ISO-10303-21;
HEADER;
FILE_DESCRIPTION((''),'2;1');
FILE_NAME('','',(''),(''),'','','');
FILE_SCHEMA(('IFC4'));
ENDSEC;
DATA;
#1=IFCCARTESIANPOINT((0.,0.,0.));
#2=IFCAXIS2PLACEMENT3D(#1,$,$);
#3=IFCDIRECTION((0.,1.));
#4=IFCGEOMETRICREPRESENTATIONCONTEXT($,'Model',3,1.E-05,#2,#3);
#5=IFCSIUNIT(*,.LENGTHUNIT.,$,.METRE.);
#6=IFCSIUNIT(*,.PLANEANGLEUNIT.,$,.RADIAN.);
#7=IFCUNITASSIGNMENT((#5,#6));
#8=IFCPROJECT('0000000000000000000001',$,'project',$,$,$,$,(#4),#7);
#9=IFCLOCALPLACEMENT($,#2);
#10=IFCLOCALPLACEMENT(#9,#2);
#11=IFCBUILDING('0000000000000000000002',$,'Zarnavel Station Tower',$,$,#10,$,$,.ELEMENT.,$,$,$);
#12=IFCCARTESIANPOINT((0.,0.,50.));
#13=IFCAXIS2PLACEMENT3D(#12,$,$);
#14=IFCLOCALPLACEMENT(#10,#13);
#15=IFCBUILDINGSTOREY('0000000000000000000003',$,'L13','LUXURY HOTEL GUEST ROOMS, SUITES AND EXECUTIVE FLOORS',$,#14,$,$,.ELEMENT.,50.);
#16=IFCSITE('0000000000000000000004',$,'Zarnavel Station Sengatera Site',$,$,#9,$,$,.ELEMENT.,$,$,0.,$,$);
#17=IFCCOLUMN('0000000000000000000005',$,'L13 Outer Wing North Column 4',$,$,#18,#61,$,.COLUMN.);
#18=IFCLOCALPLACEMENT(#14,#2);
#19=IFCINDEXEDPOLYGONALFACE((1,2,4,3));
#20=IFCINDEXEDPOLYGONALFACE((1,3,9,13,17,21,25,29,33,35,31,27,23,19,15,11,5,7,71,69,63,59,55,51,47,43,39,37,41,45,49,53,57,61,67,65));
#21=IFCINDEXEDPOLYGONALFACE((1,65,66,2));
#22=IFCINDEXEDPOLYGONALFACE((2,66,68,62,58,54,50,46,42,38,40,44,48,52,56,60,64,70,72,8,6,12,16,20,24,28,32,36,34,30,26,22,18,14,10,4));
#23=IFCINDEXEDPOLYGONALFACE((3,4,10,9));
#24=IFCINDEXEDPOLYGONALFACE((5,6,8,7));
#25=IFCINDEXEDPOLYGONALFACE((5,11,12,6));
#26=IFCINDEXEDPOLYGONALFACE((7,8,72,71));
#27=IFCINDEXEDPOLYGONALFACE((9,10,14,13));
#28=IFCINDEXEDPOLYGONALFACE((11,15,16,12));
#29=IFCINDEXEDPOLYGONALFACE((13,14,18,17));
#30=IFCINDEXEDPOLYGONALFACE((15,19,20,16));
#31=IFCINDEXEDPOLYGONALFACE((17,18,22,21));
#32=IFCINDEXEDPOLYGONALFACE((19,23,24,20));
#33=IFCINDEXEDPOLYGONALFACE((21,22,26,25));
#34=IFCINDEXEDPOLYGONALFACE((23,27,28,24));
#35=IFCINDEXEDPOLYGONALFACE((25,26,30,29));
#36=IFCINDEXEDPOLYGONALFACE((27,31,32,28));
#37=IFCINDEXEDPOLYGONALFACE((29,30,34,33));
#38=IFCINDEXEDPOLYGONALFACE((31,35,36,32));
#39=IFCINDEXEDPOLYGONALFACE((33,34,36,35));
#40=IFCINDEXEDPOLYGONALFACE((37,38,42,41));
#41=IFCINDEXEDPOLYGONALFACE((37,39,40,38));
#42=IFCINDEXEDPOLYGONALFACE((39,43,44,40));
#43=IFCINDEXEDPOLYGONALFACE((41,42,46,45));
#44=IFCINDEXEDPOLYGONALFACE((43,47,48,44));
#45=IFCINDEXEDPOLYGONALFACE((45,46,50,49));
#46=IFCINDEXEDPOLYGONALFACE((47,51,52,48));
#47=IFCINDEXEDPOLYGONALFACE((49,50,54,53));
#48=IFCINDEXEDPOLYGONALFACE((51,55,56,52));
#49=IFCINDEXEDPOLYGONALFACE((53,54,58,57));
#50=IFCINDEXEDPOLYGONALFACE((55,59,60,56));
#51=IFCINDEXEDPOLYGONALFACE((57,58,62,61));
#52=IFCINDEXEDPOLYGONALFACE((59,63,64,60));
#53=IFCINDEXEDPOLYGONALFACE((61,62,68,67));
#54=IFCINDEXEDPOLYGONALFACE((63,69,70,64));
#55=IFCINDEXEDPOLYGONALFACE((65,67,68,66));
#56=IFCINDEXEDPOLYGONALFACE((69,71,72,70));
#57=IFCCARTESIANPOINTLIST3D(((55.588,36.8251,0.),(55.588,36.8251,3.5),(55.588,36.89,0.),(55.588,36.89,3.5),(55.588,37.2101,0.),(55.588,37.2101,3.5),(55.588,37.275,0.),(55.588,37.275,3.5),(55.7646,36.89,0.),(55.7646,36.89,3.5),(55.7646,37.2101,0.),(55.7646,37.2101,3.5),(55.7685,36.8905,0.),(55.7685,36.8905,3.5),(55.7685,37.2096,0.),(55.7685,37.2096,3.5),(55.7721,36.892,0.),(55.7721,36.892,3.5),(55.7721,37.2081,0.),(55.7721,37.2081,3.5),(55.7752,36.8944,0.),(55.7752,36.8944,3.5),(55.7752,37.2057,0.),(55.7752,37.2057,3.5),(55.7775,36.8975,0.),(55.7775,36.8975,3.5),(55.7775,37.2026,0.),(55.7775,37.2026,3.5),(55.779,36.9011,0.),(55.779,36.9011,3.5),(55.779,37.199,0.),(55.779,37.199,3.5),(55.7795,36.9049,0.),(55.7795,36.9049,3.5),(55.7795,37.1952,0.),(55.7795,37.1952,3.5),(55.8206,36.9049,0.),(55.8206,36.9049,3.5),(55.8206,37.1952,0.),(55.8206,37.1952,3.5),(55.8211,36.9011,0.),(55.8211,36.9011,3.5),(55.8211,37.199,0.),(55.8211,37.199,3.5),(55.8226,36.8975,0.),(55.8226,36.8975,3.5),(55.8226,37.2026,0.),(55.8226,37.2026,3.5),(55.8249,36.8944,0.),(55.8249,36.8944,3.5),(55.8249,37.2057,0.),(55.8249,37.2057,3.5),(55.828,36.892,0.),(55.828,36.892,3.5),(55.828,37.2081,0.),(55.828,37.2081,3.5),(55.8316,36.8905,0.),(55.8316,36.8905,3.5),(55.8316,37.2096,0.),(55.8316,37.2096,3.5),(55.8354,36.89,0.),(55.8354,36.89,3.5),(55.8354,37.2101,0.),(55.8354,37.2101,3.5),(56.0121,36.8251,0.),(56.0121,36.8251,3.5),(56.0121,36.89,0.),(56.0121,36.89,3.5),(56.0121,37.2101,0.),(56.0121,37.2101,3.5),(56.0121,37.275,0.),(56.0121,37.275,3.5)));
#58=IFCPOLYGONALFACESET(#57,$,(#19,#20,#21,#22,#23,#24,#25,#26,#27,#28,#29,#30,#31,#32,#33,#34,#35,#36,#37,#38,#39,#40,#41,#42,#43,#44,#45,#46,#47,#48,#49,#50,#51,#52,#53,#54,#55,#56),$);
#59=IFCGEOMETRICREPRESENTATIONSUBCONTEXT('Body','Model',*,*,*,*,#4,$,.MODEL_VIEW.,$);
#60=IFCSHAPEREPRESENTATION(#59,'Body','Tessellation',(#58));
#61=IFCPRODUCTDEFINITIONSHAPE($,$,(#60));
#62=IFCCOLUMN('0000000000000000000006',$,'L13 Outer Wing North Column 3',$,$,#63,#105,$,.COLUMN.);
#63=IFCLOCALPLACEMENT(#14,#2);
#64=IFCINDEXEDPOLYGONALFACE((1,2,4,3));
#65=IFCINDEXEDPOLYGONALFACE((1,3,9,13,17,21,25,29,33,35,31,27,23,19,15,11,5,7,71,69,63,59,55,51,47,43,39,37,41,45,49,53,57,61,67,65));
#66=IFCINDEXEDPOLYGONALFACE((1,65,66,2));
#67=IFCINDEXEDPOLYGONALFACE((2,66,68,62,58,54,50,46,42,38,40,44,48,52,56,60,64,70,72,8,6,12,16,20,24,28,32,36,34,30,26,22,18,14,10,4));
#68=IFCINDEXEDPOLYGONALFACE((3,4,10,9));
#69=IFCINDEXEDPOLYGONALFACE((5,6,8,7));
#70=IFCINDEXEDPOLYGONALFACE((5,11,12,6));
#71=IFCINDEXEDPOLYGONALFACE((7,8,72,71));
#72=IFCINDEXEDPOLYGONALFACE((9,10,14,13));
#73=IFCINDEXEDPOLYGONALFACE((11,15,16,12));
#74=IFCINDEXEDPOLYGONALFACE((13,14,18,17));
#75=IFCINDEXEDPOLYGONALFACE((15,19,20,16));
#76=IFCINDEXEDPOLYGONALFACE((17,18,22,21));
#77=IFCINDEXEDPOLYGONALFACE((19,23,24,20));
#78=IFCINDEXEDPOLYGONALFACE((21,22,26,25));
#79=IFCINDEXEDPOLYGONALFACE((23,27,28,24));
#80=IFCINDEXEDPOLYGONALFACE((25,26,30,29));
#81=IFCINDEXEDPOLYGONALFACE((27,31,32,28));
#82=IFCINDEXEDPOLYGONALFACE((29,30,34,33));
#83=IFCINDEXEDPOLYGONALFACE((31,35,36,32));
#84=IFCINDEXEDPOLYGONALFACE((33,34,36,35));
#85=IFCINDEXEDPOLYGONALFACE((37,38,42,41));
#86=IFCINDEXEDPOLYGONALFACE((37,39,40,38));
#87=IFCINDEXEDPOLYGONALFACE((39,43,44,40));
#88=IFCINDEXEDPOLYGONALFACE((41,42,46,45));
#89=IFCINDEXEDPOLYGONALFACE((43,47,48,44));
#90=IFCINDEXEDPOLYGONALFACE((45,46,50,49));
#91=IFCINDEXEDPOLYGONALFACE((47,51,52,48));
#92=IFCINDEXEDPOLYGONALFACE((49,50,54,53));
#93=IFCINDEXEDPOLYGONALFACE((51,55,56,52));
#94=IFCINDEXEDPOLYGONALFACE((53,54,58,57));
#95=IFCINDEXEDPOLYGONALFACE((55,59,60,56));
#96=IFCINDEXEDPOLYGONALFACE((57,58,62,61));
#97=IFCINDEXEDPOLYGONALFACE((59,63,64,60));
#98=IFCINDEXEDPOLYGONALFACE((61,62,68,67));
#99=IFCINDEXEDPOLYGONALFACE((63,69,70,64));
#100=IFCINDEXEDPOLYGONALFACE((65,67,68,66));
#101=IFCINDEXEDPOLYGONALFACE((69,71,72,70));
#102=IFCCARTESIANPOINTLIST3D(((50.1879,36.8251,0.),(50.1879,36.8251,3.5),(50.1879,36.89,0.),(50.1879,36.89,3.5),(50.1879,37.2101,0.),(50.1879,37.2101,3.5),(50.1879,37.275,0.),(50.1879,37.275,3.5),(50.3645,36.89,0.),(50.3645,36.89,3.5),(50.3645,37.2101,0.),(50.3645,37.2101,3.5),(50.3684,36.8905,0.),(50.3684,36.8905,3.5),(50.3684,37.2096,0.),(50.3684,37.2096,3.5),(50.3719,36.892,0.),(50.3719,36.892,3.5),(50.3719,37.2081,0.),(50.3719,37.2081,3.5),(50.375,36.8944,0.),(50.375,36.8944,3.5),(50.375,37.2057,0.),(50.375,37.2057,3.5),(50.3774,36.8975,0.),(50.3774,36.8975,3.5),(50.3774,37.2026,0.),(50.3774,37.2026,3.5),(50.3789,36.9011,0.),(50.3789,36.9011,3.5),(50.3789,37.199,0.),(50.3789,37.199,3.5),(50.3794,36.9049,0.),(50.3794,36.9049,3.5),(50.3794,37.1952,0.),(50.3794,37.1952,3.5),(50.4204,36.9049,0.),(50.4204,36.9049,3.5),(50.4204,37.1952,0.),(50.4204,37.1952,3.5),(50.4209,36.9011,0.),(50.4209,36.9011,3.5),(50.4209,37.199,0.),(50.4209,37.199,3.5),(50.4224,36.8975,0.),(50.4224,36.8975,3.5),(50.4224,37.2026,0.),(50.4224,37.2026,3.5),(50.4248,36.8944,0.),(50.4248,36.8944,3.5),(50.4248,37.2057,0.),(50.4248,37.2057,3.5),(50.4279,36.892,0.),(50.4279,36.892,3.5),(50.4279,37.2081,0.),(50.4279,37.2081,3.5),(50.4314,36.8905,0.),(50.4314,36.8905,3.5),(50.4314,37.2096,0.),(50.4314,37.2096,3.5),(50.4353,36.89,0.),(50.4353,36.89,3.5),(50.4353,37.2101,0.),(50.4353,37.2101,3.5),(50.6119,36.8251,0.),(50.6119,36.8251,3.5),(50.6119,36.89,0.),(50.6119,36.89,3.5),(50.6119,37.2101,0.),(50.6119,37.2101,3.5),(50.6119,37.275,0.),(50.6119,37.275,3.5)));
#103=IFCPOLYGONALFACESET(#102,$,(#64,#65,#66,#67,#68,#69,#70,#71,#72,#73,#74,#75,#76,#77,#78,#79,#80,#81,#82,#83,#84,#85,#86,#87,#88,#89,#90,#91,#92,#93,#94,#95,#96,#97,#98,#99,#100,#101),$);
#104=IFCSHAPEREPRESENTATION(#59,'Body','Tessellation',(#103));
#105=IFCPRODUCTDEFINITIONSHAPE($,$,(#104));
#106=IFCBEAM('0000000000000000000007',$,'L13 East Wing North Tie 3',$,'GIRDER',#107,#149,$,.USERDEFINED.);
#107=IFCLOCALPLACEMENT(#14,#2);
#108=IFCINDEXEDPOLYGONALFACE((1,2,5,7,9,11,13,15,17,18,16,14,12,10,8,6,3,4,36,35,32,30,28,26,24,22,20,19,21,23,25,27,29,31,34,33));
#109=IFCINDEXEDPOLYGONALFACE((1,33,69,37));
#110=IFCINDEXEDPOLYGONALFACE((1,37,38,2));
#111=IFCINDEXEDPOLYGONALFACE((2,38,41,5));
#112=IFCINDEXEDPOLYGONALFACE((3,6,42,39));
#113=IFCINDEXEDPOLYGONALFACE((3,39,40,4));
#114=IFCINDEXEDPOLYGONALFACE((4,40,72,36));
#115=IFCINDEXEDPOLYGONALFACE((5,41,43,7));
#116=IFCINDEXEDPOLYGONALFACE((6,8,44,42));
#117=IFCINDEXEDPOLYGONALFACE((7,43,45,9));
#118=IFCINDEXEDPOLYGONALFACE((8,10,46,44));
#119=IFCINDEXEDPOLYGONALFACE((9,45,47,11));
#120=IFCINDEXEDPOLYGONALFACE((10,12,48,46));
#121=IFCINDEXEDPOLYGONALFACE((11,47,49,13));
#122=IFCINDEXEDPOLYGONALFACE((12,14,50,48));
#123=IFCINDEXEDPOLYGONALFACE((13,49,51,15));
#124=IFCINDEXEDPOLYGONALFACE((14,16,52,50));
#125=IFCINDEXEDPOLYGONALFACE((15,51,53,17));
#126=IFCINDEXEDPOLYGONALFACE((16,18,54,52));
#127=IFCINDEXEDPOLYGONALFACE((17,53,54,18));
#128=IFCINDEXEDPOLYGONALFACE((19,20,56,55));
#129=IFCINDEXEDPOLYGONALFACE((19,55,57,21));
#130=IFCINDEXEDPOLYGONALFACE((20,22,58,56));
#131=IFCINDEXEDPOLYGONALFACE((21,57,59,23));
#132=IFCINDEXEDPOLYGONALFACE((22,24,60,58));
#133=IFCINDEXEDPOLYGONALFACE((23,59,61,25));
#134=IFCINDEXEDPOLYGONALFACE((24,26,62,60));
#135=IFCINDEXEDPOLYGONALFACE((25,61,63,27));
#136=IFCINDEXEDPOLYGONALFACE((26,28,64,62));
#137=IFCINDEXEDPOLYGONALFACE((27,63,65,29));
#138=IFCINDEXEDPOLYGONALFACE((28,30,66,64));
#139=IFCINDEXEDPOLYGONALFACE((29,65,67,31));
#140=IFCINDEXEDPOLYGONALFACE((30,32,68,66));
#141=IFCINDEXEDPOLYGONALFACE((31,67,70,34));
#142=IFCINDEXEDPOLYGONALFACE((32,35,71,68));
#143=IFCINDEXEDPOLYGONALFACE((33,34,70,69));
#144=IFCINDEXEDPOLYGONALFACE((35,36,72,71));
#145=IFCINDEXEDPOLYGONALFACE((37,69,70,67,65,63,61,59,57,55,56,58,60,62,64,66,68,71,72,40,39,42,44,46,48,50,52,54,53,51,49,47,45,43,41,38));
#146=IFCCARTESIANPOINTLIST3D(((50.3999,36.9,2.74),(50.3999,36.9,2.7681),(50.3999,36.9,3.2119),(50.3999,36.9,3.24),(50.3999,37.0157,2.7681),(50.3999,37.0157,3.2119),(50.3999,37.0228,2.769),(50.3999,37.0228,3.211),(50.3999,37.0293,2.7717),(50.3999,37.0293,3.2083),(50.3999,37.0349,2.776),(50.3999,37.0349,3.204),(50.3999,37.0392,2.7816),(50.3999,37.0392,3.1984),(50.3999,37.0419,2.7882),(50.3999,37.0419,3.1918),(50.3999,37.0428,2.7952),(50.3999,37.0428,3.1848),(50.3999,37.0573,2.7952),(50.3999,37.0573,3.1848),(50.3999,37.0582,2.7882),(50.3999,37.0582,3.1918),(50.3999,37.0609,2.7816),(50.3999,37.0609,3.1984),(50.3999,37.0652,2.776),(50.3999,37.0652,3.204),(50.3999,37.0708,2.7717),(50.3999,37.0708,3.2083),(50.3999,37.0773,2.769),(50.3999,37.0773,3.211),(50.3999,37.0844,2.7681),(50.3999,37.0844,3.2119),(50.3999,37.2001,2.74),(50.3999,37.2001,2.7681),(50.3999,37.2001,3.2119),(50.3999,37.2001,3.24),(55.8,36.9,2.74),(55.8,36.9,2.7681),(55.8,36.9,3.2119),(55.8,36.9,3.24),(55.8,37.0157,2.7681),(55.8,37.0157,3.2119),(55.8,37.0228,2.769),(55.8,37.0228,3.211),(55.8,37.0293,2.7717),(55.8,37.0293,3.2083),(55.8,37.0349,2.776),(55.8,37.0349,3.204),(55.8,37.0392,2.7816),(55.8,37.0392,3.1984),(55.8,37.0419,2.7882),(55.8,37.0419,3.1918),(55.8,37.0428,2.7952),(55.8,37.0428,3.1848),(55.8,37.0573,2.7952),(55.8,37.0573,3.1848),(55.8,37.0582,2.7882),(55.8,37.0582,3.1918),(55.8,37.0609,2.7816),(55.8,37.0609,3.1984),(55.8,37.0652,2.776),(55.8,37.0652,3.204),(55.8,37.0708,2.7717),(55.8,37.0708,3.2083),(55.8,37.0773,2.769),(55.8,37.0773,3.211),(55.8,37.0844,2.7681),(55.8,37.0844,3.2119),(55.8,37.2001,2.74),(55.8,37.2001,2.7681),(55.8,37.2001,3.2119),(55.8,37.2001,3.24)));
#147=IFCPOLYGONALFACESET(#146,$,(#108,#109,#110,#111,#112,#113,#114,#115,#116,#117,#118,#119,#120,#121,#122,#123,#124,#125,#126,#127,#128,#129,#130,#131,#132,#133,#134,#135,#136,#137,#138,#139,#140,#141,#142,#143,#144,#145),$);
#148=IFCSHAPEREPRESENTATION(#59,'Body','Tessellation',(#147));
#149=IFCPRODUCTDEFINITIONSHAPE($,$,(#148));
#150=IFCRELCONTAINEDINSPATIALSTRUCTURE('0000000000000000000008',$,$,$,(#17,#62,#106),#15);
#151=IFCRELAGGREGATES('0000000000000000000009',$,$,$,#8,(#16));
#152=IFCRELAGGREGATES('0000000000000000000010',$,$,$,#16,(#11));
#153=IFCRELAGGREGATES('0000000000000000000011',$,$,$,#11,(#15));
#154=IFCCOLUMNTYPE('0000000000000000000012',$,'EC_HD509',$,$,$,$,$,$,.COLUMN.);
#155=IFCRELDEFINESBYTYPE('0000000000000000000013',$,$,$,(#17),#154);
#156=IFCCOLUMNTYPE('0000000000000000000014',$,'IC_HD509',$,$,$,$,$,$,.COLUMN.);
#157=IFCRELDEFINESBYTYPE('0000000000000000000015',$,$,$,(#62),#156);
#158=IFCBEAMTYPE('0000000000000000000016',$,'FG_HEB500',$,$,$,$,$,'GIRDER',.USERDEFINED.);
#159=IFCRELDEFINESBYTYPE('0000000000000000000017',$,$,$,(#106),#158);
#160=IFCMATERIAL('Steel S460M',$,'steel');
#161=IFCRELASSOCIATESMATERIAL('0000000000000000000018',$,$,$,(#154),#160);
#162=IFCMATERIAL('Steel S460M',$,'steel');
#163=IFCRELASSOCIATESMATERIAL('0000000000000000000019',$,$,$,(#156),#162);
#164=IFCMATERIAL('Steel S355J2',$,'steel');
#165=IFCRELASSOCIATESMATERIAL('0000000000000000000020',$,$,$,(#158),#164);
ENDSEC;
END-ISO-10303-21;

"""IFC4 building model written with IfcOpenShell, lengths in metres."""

from ifc_helpers import new_model, si_unit, direction, frame, origin, origin_2d, place, context, subcontext, project, spatial, i_section, extrude, material, material_profile, profile_set, type_object, element, save


model = new_model("IFC4")

# Units and contexts
model_context = context("Model", 3, precision=1e-05, world=origin(), true_north=direction((0.0, 1.0)))
body_context = subcontext(model_context, "Body", "Model", "MODEL_VIEW")
ifc_project = project(units=[si_unit("LENGTHUNIT", "METRE"), si_unit("PLANEANGLEUNIT", "RADIAN")], contexts=[model_context])

# Site, building, storey
site_placement = place(None, origin())
site = spatial("IfcSite", under=ifc_project, at=site_placement, Name="Zarnavel Station Sengatera Site", CompositionType="ELEMENT", RefElevation=0.0)
building_placement = place(site_placement, origin())
building = spatial("IfcBuilding", under=site, at=building_placement, Name="Zarnavel Station Tower", CompositionType="ELEMENT")
storey_placement = place(building_placement, frame((0.0, 0.0, 50.0)))
storey = spatial("IfcBuildingStorey", under=building, at=storey_placement, Name="L13", Description="LUXURY HOTEL GUEST ROOMS, SUITES AND EXECUTIVE FLOORS", CompositionType="ELEMENT", Elevation=50.0)

# Columns
ifc_material_1 = material(Name="Steel S460M", Category="steel")
ifc_material_profile_1 = material_profile(ifc_material_1, i_section(OverallWidth=0.4241, OverallDepth=0.45, WebThickness=0.041, FlangeThickness=0.0649, FilletRadius=0.0149, at=origin_2d()), Name="HD400x509")
ifc_profile_set_1 = profile_set([ifc_material_profile_1], Name="Steel S460M")
column_type_1 = type_object("IfcColumnType", Name="EC_HD509", PredefinedType="COLUMN", material=ifc_profile_set_1)
column_1_placement = place(storey_placement, frame((55.8, 37.05, 0.0), z_axis=(0.0, 0.0, 1.0), x_axis=(1.0, 0.0, 0.0)))
element("IfcColumn", 1, at=column_1_placement, inside=storey, type_object=column_type_1, Name="L13 Outer Wing North Column 4", PredefinedType="COLUMN", context=body_context, shape_type="SweptSolid", body=[
    extrude(i_section(OverallWidth=0.4241, OverallDepth=0.45, WebThickness=0.041, FlangeThickness=0.0649, FilletRadius=0.0149, at=origin_2d()), origin(), (0.0, 0.0, 1.0), 3.5),
])
ifc_material_2 = material(Name="Steel S460M", Category="steel")
ifc_material_profile_2 = material_profile(ifc_material_2, i_section(OverallWidth=0.4241, OverallDepth=0.45, WebThickness=0.041, FlangeThickness=0.0649, FilletRadius=0.0149, at=origin_2d()), Name="HD400x509")
ifc_profile_set_2 = profile_set([ifc_material_profile_2], Name="Steel S460M")
column_type_2 = type_object("IfcColumnType", Name="IC_HD509", PredefinedType="COLUMN", material=ifc_profile_set_2)
column_2_placement = place(storey_placement, frame((50.3999, 37.05, 0.0), z_axis=(0.0, 0.0, 1.0), x_axis=(1.0, 0.0, 0.0)))
element("IfcColumn", 2, at=column_2_placement, inside=storey, type_object=column_type_2, Name="L13 Outer Wing North Column 3", PredefinedType="COLUMN", context=body_context, shape_type="SweptSolid", body=[
    extrude(i_section(OverallWidth=0.4241, OverallDepth=0.45, WebThickness=0.041, FlangeThickness=0.0649, FilletRadius=0.0149, at=origin_2d()), origin(), (0.0, 0.0, 1.0), 3.5),
])

# Beam
ifc_material_3 = material(Name="Steel S355J2", Category="steel")
ifc_material_profile_3 = material_profile(ifc_material_3, i_section(OverallWidth=0.3, OverallDepth=0.5, WebThickness=0.0144, FlangeThickness=0.0281, FilletRadius=0.0271, at=origin_2d()), Name="HEB500")
ifc_profile_set_3 = profile_set([ifc_material_profile_3], Name="Steel S355J2")
beam_type = type_object("IfcBeamType", Name="FG_HEB500", ElementType="GIRDER", PredefinedType="USERDEFINED", material=ifc_profile_set_3)
beam_placement = place(storey_placement, frame((50.3999, 37.05, 2.99), z_axis=(1.0, 0.0, 0.0), x_axis=(0.0, 1.0, 0.0)))
element("IfcBeam", 3, at=beam_placement, inside=storey, type_object=beam_type, Name="L13 East Wing North Tie 3", ObjectType="GIRDER", PredefinedType="USERDEFINED", context=body_context, shape_type="SweptSolid", body=[
    extrude(i_section(OverallWidth=0.3, OverallDepth=0.5, WebThickness=0.0144, FlangeThickness=0.0281, FilletRadius=0.0271, at=origin_2d()), origin(), (0.0, 0.0, 1.0), 5.4001),
])

save(model, "model.ifc")
